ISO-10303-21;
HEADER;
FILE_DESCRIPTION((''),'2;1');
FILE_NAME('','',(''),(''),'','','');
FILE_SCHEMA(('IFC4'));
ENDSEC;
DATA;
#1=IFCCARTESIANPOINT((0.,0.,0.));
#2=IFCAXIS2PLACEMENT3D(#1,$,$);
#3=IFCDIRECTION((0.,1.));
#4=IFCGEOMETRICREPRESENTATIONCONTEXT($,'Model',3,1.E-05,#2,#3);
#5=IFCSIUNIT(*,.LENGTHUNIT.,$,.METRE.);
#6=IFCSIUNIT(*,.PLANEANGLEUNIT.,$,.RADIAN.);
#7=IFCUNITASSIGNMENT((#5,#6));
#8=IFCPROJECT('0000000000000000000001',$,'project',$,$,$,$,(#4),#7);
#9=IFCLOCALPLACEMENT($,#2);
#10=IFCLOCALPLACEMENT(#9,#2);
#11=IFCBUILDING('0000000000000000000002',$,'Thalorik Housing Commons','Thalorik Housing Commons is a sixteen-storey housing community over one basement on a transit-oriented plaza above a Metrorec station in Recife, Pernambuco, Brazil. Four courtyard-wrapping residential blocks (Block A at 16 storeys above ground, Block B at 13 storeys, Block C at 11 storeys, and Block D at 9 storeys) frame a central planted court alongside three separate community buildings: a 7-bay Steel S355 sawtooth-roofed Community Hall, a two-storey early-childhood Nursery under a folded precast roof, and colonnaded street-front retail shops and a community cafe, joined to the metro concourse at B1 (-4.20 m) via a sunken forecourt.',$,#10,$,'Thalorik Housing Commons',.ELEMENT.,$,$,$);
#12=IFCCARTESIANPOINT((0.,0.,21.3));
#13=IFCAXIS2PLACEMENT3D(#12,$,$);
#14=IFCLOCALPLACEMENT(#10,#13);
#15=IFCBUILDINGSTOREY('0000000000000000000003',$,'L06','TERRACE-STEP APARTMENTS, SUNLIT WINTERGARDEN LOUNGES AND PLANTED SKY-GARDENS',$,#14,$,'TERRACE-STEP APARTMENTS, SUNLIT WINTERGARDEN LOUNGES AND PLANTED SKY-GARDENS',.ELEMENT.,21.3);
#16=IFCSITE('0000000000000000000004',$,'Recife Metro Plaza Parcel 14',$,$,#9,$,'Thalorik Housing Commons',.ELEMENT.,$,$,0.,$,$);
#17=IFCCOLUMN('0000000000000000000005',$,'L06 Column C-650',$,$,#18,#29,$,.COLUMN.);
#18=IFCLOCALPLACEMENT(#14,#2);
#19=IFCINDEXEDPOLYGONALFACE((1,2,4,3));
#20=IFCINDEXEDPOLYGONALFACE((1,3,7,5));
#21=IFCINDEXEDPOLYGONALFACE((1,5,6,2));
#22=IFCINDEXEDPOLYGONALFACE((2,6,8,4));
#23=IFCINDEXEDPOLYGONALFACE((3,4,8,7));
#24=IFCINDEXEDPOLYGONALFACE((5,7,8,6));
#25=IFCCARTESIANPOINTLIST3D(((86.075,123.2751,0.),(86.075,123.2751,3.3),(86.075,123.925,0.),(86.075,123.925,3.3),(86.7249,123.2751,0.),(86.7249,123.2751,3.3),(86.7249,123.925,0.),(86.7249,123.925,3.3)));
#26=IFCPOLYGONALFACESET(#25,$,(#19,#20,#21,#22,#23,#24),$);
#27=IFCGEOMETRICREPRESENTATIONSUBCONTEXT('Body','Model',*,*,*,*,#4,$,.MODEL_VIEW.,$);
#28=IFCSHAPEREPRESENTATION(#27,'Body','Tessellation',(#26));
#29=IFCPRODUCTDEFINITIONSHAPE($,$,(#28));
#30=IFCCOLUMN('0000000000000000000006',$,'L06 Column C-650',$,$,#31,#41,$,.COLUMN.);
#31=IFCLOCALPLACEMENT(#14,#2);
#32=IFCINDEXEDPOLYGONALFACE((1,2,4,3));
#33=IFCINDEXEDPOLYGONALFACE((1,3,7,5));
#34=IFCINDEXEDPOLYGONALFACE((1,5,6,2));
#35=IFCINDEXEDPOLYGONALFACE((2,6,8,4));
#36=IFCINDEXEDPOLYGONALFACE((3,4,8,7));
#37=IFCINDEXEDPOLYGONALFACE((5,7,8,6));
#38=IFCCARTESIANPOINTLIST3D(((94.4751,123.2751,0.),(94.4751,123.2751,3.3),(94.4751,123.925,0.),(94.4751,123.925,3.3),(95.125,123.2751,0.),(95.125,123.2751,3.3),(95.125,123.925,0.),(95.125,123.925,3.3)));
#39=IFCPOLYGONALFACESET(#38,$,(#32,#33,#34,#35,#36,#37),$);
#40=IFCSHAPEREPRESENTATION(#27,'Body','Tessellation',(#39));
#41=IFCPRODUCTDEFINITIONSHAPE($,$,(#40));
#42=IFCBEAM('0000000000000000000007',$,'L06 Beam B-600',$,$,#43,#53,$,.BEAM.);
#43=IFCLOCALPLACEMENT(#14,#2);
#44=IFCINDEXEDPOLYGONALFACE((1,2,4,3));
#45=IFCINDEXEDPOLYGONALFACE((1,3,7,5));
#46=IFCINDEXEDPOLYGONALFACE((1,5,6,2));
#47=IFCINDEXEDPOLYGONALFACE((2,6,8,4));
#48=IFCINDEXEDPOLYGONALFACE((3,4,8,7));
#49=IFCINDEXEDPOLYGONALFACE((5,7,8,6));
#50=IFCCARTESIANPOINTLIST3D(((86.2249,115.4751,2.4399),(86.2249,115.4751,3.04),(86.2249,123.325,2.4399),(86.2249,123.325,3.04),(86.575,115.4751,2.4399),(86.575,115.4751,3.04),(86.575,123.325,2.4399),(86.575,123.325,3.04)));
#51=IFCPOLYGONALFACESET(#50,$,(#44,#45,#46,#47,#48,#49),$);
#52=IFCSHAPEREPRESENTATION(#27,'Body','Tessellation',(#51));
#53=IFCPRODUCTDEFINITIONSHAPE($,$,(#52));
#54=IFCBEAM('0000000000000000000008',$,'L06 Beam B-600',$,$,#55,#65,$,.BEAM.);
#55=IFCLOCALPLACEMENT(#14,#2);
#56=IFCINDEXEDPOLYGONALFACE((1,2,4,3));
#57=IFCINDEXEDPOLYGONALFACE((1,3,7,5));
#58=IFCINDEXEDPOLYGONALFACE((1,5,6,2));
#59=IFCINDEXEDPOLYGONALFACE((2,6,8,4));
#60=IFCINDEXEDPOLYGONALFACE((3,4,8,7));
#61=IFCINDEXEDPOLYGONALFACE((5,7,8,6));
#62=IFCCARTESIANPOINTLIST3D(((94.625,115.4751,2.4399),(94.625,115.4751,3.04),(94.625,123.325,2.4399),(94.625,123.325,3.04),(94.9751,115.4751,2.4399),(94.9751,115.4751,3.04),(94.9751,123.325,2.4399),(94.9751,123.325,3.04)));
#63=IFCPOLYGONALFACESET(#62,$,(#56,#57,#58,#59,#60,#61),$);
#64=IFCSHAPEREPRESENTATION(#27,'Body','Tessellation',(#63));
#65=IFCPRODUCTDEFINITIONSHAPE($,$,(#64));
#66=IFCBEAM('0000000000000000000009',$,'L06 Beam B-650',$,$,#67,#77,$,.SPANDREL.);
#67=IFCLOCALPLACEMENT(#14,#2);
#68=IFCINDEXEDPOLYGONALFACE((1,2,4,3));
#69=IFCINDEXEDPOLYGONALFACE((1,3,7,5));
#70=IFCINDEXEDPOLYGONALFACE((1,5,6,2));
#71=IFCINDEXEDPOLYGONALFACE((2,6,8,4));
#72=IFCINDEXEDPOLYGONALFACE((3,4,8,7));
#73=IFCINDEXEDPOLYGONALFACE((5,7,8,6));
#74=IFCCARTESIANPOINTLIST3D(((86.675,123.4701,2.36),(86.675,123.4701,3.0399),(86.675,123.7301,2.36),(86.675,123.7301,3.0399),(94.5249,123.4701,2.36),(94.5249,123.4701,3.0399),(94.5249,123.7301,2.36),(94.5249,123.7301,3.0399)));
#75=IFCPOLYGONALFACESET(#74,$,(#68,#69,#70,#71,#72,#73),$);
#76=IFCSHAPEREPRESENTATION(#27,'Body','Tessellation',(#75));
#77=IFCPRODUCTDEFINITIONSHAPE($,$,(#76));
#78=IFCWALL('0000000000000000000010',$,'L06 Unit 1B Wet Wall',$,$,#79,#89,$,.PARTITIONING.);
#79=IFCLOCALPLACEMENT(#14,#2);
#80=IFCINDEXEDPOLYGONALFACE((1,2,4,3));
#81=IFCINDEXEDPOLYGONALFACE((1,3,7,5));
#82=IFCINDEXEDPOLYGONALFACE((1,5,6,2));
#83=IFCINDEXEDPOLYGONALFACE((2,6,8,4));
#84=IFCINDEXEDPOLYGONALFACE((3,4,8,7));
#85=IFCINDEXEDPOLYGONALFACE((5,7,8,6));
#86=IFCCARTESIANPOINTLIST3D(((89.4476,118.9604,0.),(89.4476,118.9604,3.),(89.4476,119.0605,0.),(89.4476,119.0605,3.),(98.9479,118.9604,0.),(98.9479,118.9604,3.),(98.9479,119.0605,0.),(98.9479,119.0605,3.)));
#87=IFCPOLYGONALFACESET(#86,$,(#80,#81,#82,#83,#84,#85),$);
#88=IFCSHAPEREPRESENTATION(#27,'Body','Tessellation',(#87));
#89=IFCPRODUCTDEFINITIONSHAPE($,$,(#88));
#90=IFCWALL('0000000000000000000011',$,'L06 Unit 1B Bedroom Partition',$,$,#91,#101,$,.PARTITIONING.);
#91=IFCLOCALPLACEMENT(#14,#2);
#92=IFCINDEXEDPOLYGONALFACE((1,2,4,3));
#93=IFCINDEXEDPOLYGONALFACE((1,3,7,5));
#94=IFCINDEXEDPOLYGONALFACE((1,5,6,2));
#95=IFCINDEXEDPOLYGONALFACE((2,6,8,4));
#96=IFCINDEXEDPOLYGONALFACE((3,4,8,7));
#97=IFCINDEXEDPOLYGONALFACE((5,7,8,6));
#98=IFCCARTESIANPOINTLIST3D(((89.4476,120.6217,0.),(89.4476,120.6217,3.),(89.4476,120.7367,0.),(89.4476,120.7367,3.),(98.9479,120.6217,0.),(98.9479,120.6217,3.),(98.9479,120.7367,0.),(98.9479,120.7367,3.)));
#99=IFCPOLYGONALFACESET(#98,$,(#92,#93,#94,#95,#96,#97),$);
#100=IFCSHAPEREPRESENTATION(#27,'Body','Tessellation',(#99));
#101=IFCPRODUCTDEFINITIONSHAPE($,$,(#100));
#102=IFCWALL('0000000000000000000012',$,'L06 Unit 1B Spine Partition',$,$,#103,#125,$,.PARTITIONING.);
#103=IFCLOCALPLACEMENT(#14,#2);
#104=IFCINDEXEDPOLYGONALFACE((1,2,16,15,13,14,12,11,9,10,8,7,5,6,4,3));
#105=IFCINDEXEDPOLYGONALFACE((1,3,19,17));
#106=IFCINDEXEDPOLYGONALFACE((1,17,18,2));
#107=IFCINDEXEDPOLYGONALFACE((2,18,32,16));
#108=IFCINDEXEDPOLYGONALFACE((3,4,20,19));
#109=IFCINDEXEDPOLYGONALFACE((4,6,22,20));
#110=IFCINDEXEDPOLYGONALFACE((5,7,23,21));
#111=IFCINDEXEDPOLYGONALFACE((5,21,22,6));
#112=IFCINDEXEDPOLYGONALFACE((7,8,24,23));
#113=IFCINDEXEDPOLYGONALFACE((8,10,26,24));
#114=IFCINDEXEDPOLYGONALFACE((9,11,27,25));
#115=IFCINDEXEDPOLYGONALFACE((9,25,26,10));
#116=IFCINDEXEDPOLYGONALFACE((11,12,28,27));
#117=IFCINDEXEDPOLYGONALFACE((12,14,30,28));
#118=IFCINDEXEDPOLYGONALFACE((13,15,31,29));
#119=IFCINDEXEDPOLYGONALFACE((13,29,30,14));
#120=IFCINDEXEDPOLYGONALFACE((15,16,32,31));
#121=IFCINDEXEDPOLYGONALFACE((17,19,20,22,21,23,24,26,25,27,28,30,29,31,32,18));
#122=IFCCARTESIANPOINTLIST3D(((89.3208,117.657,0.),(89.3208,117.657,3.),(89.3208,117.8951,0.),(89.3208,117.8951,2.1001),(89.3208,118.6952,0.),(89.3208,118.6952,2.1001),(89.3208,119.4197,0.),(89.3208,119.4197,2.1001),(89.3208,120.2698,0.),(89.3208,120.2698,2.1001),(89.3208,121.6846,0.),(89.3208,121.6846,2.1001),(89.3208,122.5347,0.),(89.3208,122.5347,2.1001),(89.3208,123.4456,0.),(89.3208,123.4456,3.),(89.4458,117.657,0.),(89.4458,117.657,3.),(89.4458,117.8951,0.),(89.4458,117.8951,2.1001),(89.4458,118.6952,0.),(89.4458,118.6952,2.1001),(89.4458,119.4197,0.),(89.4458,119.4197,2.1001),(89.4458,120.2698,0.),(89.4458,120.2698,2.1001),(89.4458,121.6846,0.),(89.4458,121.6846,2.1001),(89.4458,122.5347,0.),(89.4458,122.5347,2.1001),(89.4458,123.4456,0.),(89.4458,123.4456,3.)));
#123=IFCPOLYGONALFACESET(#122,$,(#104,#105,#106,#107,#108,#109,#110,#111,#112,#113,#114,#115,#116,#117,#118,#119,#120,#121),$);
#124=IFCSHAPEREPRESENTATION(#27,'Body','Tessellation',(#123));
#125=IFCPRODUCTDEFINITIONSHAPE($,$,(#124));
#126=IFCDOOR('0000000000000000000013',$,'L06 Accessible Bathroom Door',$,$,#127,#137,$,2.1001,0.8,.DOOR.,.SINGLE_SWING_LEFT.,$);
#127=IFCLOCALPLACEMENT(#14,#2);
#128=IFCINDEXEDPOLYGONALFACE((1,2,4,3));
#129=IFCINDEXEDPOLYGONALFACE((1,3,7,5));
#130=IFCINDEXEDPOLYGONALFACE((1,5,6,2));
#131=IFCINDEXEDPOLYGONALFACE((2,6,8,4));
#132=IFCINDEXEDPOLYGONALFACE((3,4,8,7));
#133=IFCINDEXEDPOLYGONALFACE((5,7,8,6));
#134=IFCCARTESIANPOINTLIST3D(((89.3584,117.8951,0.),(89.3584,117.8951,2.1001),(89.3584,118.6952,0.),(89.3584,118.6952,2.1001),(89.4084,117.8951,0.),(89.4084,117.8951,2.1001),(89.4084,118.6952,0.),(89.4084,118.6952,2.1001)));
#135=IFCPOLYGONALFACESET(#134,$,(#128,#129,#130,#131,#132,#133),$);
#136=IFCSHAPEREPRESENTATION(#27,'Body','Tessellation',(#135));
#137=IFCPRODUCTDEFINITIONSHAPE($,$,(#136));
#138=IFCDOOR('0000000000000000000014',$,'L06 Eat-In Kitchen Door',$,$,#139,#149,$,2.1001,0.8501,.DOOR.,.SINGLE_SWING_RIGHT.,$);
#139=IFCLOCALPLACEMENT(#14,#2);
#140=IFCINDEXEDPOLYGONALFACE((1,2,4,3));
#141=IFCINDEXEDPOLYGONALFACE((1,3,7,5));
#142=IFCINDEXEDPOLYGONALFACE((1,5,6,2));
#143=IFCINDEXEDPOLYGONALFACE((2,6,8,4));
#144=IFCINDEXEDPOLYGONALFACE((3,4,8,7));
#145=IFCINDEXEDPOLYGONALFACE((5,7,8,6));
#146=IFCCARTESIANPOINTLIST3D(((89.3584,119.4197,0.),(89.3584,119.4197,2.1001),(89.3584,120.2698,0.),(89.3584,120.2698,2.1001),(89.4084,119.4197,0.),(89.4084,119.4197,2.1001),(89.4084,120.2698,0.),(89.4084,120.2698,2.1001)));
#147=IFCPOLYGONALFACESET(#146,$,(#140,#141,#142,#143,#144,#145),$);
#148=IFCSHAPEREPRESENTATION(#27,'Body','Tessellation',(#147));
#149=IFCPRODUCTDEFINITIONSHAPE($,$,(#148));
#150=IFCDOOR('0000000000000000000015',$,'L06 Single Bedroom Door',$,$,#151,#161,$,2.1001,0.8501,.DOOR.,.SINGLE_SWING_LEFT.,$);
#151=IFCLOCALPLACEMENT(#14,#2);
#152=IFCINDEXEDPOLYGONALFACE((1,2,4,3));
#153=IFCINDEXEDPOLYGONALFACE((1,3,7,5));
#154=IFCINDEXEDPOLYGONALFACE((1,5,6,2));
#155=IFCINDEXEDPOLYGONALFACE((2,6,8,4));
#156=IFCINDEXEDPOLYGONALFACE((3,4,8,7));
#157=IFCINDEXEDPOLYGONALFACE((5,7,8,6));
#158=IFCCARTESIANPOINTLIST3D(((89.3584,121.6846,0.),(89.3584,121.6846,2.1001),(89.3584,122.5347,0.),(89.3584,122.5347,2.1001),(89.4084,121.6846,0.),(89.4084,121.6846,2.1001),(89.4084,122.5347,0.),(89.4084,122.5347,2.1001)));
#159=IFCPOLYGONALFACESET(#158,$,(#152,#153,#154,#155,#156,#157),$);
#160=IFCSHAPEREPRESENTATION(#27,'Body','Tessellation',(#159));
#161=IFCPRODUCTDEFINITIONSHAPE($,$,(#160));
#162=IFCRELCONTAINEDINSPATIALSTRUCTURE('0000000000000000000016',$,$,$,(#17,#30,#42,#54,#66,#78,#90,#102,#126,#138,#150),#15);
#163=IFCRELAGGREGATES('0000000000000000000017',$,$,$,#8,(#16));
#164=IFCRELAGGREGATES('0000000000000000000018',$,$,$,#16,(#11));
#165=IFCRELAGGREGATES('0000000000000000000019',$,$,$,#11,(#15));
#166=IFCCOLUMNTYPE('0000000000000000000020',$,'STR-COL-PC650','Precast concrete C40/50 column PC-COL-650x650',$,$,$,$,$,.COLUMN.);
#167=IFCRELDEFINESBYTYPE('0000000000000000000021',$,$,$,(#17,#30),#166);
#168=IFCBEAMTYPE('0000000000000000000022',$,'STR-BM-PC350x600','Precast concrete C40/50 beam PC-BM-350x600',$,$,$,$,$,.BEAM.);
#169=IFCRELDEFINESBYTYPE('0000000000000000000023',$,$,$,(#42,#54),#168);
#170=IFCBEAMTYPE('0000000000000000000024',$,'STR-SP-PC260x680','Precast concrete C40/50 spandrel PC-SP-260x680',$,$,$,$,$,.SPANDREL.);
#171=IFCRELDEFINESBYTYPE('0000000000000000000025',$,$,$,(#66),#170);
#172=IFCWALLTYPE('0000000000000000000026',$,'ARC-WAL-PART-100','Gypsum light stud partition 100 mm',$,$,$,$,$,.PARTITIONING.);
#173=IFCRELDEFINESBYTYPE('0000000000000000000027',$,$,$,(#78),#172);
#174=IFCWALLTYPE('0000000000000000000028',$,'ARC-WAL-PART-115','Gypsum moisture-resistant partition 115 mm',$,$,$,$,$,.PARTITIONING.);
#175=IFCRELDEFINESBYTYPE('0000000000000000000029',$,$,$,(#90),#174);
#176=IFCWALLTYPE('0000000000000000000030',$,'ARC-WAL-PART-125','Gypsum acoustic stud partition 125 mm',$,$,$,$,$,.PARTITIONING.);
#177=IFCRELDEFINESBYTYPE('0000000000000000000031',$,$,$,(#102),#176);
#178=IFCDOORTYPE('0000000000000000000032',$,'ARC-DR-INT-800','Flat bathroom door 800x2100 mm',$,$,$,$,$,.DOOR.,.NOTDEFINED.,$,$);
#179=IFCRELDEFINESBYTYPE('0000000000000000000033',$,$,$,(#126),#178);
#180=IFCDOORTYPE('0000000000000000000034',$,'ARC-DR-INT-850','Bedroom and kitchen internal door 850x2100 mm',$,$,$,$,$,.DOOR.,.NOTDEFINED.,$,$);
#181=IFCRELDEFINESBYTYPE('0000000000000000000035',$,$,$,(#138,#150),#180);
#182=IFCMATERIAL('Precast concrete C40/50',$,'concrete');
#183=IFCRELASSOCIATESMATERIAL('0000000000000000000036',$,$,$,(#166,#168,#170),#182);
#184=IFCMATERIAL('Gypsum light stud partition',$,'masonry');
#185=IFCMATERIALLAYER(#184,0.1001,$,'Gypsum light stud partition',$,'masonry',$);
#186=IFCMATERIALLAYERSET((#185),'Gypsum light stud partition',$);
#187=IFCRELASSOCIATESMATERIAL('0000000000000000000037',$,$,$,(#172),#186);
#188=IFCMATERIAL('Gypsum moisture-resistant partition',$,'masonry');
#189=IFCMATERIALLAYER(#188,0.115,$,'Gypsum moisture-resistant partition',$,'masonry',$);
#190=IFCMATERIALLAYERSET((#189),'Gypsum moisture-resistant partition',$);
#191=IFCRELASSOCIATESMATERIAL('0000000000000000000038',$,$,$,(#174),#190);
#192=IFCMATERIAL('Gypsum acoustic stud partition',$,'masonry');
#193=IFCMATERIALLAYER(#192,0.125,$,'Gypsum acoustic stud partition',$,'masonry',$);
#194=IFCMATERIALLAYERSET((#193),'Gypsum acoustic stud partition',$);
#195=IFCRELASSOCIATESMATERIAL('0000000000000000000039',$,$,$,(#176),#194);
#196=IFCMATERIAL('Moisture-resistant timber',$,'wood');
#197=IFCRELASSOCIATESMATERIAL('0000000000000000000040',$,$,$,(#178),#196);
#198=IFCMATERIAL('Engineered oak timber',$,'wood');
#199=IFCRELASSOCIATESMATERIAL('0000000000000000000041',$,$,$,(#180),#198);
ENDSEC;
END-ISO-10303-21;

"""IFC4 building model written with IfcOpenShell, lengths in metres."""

from ifc_helpers import new_model, si_unit, direction, frame, frame_2d, origin, origin_2d, place, context, subcontext, project, spatial, rectangle, extrude, material, layer, layer_set, material_profile, profile_set, type_object, element, fill, save


model = new_model("IFC4")

# Units and contexts
model_context = context("Model", 3, precision=1e-05, world=origin(), true_north=direction((0.0, 1.0)))
body_context = subcontext(model_context, "Body", "Model", "MODEL_VIEW")
ifc_project = project(units=[si_unit("LENGTHUNIT", "METRE"), si_unit("PLANEANGLEUNIT", "RADIAN")], contexts=[model_context])

# Site, building, storey
site_placement = place(None, origin())
site = spatial("IfcSite", under=ifc_project, at=site_placement, Name="Recife Metro Plaza Parcel 14", LongName="Thalorik Housing Commons", CompositionType="ELEMENT", RefElevation=0.0)
building_placement = place(site_placement, origin())
building = spatial("IfcBuilding", under=site, at=building_placement, Name="Thalorik Housing Commons", Description="Thalorik Housing Commons is a sixteen-storey housing community over one basement on a transit-oriented plaza above a Metrorec station in Recife, Pernambuco, Brazil. Four courtyard-wrapping residential blocks (Block A at 16 storeys above ground, Block B at 13 storeys, Block C at 11 storeys, and Block D at 9 storeys) frame a central planted court alongside three separate community buildings: a 7-bay Steel S355 sawtooth-roofed Community Hall, a two-storey early-childhood Nursery under a folded precast roof, and colonnaded street-front retail shops and a community cafe, joined to the metro concourse at B1 (-4.20 m) via a sunken forecourt.", LongName="Thalorik Housing Commons", CompositionType="ELEMENT")
storey_placement = place(building_placement, frame((0.0, 0.0, 21.3)))
storey = spatial("IfcBuildingStorey", under=building, at=storey_placement, Name="L06", Description="TERRACE-STEP APARTMENTS, SUNLIT WINTERGARDEN LOUNGES AND PLANTED SKY-GARDENS", LongName="TERRACE-STEP APARTMENTS, SUNLIT WINTERGARDEN LOUNGES AND PLANTED SKY-GARDENS", CompositionType="ELEMENT", Elevation=21.3)

# Columns
ifc_material_1 = material(Name="Precast concrete C40/50", Category="concrete")
ifc_material_profile_1 = material_profile(ifc_material_1, rectangle(XDim=0.6499, YDim=0.6499, at=origin_2d()), Name="PC 650x650", Category="concrete")
ifc_profile_set_1 = profile_set([ifc_material_profile_1], Name="Precast concrete C40/50")
column_type = type_object("IfcColumnType", Name="STR-COL-PC650", Description="Precast concrete C40/50 column PC-COL-650x650", PredefinedType="COLUMN", material=ifc_profile_set_1)
for number, where, z_axis, x_axis, name in (
    (1, (86.3999, 123.6001, 0.0), (0.0, 0.0, 1.0), (1.0, 0.0, 0.0), "L06 Column C-650"),
    (2, (94.8, 123.6001, 0.0), (0.0, 0.0, 1.0), (1.0, 0.0, 0.0), "L06 Column C-650"),
):
    element("IfcColumn", number, at=place(storey_placement, frame(where, z_axis=z_axis, x_axis=x_axis)), inside=storey, type_object=column_type, Name=name, PredefinedType="COLUMN", context=body_context, shape_type="SweptSolid", body=[
        extrude(rectangle(XDim=0.6499, YDim=0.6499, at=origin_2d()), origin(), (0.0, 0.0, 1.0), 3.3),
    ])

# Beams
ifc_material_profile_2 = material_profile(ifc_material_1, rectangle(XDim=0.3501, YDim=0.6001, at=origin_2d()), Name="PC 350x600", Category="concrete")
ifc_profile_set_2 = profile_set([ifc_material_profile_2], Name="Precast concrete C40/50")
beam_type_1 = type_object("IfcBeamType", Name="STR-BM-PC350x600", Description="Precast concrete C40/50 beam PC-BM-350x600", PredefinedType="BEAM", material=ifc_profile_set_2)
for number, where, z_axis, x_axis, name in (
    (3, (86.3999, 115.4751, 2.74), (0.0, 1.0, 0.0), (-1.0, 0.0, 0.0), "L06 Beam B-600"),
    (4, (94.8, 115.4751, 2.74), (0.0, 1.0, 0.0), (-1.0, 0.0, 0.0), "L06 Beam B-600"),
):
    element("IfcBeam", number, at=place(storey_placement, frame(where, z_axis=z_axis, x_axis=x_axis)), inside=storey, type_object=beam_type_1, Name=name, PredefinedType="BEAM", context=body_context, shape_type="SweptSolid", body=[
        extrude(rectangle(XDim=0.3501, YDim=0.6001, at=origin_2d()), origin(), (0.0, 0.0, 1.0), 7.8499),
    ])
ifc_material_profile_3 = material_profile(ifc_material_1, rectangle(XDim=0.26, YDim=0.6799, at=origin_2d()), Name="PC SP 260x680", Category="concrete")
ifc_profile_set_3 = profile_set([ifc_material_profile_3], Name="Precast concrete C40/50")
beam_type_2 = type_object("IfcBeamType", Name="STR-SP-PC260x680", Description="Precast concrete C40/50 spandrel PC-SP-260x680", PredefinedType="SPANDREL", material=ifc_profile_set_3)
beam_placement = place(storey_placement, frame((86.675, 123.6001, 2.7), z_axis=(1.0, 0.0, 0.0), x_axis=(0.0, 1.0, 0.0)))
element("IfcBeam", 5, at=beam_placement, inside=storey, type_object=beam_type_2, Name="L06 Beam B-650", PredefinedType="SPANDREL", context=body_context, shape_type="SweptSolid", body=[
    extrude(rectangle(XDim=0.26, YDim=0.6799, at=origin_2d()), origin(), (0.0, 0.0, 1.0), 7.8499),
])

# Walls
ifc_material_2 = material(Name="Gypsum light stud partition", Category="masonry")
ifc_layer_1 = layer(ifc_material_2, 0.1001, Name="Gypsum light stud partition", Category="masonry")
ifc_layer_set_1 = layer_set([ifc_layer_1], Name="Gypsum light stud partition")
wall_type_1 = type_object("IfcWallType", Name="ARC-WAL-PART-100", Description="Gypsum light stud partition 100 mm", PredefinedType="PARTITIONING", material=ifc_layer_set_1)
wall_1_placement = place(storey_placement, frame((89.4478, 119.0105, 0.0), z_axis=(0.0, 0.0, 1.0), x_axis=(1.0, 0.0, 0.0)))
element("IfcWall", 6, at=wall_1_placement, inside=storey, type_object=wall_type_1, Name="L06 Unit 1B Wet Wall", PredefinedType="PARTITIONING", context=body_context, shape_type="SweptSolid", body=[
    extrude(rectangle(XDim=9.5002, YDim=0.1001, at=frame_2d((4.75, 0.0))), origin(), (0.0, 0.0, 1.0), 3.0),
])
ifc_material_3 = material(Name="Gypsum moisture-resistant partition", Category="masonry")
ifc_layer_2 = layer(ifc_material_3, 0.115, Name="Gypsum moisture-resistant partition", Category="masonry")
ifc_layer_set_2 = layer_set([ifc_layer_2], Name="Gypsum moisture-resistant partition")
wall_type_2 = type_object("IfcWallType", Name="ARC-WAL-PART-115", Description="Gypsum moisture-resistant partition 115 mm", PredefinedType="PARTITIONING", material=ifc_layer_set_2)
wall_2_placement = place(storey_placement, frame((89.4478, 120.6792, 0.0), z_axis=(0.0, 0.0, 1.0), x_axis=(1.0, 0.0, 0.0)))
element("IfcWall", 7, at=wall_2_placement, inside=storey, type_object=wall_type_2, Name="L06 Unit 1B Bedroom Partition", PredefinedType="PARTITIONING", context=body_context, shape_type="SweptSolid", body=[
    extrude(rectangle(XDim=9.5002, YDim=0.115, at=frame_2d((4.75, 0.0))), origin(), (0.0, 0.0, 1.0), 3.0),
])

# Wall, openings, doors
ifc_material_4 = material(Name="Gypsum acoustic stud partition", Category="masonry")
ifc_layer_3 = layer(ifc_material_4, 0.125, Name="Gypsum acoustic stud partition", Category="masonry")
ifc_layer_set_3 = layer_set([ifc_layer_3], Name="Gypsum acoustic stud partition")
wall_type_3 = type_object("IfcWallType", Name="ARC-WAL-PART-125", Description="Gypsum acoustic stud partition 125 mm", PredefinedType="PARTITIONING", material=ifc_layer_set_3)
wall_3_placement = place(storey_placement, frame((89.3833, 117.657, 0.0), z_axis=(0.0, 0.0, 1.0), x_axis=(0.0, 1.0, 0.0)))
wall_3 = element("IfcWall", 8, at=wall_3_placement, inside=storey, type_object=wall_type_3, Name="L06 Unit 1B Spine Partition", PredefinedType="PARTITIONING", context=body_context, shape_type="SweptSolid", body=[
    extrude(rectangle(XDim=5.7886, YDim=0.125, at=frame_2d((2.8943, 0.0))), origin(), (0.0, 0.0, 1.0), 3.0),
])
opening_1_placement = place(wall_3_placement, frame((0.2383, 0.0, 0.0)))
opening_1 = element("IfcOpeningElement", 9, at=opening_1_placement, cuts=wall_3, PredefinedType="OPENING", context=body_context, shape_type="SweptSolid", body=[
    extrude(rectangle(XDim=0.8, YDim=2.1001, at=frame_2d((0.3999, 1.05))), frame((0.0, 0.0725, 0.0), z_axis=(0.0, -1.0, 0.0), x_axis=(1.0, 0.0, 0.0)), (0.0, 0.0, 1.0), 0.145),
])
opening_2_placement = place(wall_3_placement, frame((1.7627, 0.0, 0.0)))
opening_2 = element("IfcOpeningElement", 10, at=opening_2_placement, cuts=wall_3, PredefinedType="OPENING", context=body_context, shape_type="SweptSolid", body=[
    extrude(rectangle(XDim=0.8501, YDim=2.1001, at=frame_2d((0.425, 1.05))), frame((0.0, 0.0725, 0.0), z_axis=(0.0, -1.0, 0.0), x_axis=(1.0, 0.0, 0.0)), (0.0, 0.0, 1.0), 0.145),
])
opening_3_placement = place(wall_3_placement, frame((4.0276, 0.0, 0.0)))
opening_3 = element("IfcOpeningElement", 11, at=opening_3_placement, cuts=wall_3, PredefinedType="OPENING", context=body_context, shape_type="SweptSolid", body=[
    extrude(rectangle(XDim=0.8501, YDim=2.1001, at=frame_2d((0.425, 1.05))), frame((0.0, 0.0725, 0.0), z_axis=(0.0, -1.0, 0.0), x_axis=(1.0, 0.0, 0.0)), (0.0, 0.0, 1.0), 0.145),
])
ifc_material_5 = material(Name="Moisture-resistant timber", Category="wood")
door_type_1 = type_object("IfcDoorType", Name="ARC-DR-INT-800", Description="Flat bathroom door 800x2100 mm", OperationType="NOTDEFINED", PredefinedType="DOOR", material=ifc_material_5)
door_1_placement = place(opening_1_placement, origin())
door_1 = element("IfcDoor", 12, at=door_1_placement, inside=storey, type_object=door_type_1, Name="L06 Accessible Bathroom Door", OperationType="SINGLE_SWING_LEFT", OverallHeight=2.1001, OverallWidth=0.8, PredefinedType="DOOR", context=body_context, shape_type="SweptSolid", body=[
    extrude(rectangle(XDim=0.8, YDim=2.1001, at=frame_2d((0.3999, 1.05))), frame((0.0, 0.0249, 0.0), z_axis=(0.0, -1.0, 0.0), x_axis=(1.0, 0.0, 0.0)), (0.0, 0.0, 1.0), 0.05),
])
fill(opening_1, door_1)
ifc_material_6 = material(Name="Engineered oak timber", Category="wood")
door_type_2 = type_object("IfcDoorType", Name="ARC-DR-INT-850", Description="Bedroom and kitchen internal door 850x2100 mm", OperationType="NOTDEFINED", PredefinedType="DOOR", material=ifc_material_6)
door_2_placement = place(opening_2_placement, origin())
door_2 = element("IfcDoor", 13, at=door_2_placement, inside=storey, type_object=door_type_2, Name="L06 Eat-In Kitchen Door", OperationType="SINGLE_SWING_RIGHT", OverallHeight=2.1001, OverallWidth=0.8501, PredefinedType="DOOR", context=body_context, shape_type="SweptSolid", body=[
    extrude(rectangle(XDim=0.8501, YDim=2.1001, at=frame_2d((0.425, 1.05))), frame((0.0, 0.0249, 0.0), z_axis=(0.0, -1.0, 0.0), x_axis=(1.0, 0.0, 0.0)), (0.0, 0.0, 1.0), 0.05),
])
fill(opening_2, door_2)
door_3_placement = place(opening_3_placement, origin())
door_3 = element("IfcDoor", 14, at=door_3_placement, inside=storey, type_object=door_type_2, Name="L06 Single Bedroom Door", OperationType="SINGLE_SWING_LEFT", OverallHeight=2.1001, OverallWidth=0.8501, PredefinedType="DOOR", context=body_context, shape_type="SweptSolid", body=[
    extrude(rectangle(XDim=0.8501, YDim=2.1001, at=frame_2d((0.425, 1.05))), frame((0.0, 0.0249, 0.0), z_axis=(0.0, -1.0, 0.0), x_axis=(1.0, 0.0, 0.0)), (0.0, 0.0, 1.0), 0.05),
])
fill(opening_3, door_3)

save(model, "model.ifc")
